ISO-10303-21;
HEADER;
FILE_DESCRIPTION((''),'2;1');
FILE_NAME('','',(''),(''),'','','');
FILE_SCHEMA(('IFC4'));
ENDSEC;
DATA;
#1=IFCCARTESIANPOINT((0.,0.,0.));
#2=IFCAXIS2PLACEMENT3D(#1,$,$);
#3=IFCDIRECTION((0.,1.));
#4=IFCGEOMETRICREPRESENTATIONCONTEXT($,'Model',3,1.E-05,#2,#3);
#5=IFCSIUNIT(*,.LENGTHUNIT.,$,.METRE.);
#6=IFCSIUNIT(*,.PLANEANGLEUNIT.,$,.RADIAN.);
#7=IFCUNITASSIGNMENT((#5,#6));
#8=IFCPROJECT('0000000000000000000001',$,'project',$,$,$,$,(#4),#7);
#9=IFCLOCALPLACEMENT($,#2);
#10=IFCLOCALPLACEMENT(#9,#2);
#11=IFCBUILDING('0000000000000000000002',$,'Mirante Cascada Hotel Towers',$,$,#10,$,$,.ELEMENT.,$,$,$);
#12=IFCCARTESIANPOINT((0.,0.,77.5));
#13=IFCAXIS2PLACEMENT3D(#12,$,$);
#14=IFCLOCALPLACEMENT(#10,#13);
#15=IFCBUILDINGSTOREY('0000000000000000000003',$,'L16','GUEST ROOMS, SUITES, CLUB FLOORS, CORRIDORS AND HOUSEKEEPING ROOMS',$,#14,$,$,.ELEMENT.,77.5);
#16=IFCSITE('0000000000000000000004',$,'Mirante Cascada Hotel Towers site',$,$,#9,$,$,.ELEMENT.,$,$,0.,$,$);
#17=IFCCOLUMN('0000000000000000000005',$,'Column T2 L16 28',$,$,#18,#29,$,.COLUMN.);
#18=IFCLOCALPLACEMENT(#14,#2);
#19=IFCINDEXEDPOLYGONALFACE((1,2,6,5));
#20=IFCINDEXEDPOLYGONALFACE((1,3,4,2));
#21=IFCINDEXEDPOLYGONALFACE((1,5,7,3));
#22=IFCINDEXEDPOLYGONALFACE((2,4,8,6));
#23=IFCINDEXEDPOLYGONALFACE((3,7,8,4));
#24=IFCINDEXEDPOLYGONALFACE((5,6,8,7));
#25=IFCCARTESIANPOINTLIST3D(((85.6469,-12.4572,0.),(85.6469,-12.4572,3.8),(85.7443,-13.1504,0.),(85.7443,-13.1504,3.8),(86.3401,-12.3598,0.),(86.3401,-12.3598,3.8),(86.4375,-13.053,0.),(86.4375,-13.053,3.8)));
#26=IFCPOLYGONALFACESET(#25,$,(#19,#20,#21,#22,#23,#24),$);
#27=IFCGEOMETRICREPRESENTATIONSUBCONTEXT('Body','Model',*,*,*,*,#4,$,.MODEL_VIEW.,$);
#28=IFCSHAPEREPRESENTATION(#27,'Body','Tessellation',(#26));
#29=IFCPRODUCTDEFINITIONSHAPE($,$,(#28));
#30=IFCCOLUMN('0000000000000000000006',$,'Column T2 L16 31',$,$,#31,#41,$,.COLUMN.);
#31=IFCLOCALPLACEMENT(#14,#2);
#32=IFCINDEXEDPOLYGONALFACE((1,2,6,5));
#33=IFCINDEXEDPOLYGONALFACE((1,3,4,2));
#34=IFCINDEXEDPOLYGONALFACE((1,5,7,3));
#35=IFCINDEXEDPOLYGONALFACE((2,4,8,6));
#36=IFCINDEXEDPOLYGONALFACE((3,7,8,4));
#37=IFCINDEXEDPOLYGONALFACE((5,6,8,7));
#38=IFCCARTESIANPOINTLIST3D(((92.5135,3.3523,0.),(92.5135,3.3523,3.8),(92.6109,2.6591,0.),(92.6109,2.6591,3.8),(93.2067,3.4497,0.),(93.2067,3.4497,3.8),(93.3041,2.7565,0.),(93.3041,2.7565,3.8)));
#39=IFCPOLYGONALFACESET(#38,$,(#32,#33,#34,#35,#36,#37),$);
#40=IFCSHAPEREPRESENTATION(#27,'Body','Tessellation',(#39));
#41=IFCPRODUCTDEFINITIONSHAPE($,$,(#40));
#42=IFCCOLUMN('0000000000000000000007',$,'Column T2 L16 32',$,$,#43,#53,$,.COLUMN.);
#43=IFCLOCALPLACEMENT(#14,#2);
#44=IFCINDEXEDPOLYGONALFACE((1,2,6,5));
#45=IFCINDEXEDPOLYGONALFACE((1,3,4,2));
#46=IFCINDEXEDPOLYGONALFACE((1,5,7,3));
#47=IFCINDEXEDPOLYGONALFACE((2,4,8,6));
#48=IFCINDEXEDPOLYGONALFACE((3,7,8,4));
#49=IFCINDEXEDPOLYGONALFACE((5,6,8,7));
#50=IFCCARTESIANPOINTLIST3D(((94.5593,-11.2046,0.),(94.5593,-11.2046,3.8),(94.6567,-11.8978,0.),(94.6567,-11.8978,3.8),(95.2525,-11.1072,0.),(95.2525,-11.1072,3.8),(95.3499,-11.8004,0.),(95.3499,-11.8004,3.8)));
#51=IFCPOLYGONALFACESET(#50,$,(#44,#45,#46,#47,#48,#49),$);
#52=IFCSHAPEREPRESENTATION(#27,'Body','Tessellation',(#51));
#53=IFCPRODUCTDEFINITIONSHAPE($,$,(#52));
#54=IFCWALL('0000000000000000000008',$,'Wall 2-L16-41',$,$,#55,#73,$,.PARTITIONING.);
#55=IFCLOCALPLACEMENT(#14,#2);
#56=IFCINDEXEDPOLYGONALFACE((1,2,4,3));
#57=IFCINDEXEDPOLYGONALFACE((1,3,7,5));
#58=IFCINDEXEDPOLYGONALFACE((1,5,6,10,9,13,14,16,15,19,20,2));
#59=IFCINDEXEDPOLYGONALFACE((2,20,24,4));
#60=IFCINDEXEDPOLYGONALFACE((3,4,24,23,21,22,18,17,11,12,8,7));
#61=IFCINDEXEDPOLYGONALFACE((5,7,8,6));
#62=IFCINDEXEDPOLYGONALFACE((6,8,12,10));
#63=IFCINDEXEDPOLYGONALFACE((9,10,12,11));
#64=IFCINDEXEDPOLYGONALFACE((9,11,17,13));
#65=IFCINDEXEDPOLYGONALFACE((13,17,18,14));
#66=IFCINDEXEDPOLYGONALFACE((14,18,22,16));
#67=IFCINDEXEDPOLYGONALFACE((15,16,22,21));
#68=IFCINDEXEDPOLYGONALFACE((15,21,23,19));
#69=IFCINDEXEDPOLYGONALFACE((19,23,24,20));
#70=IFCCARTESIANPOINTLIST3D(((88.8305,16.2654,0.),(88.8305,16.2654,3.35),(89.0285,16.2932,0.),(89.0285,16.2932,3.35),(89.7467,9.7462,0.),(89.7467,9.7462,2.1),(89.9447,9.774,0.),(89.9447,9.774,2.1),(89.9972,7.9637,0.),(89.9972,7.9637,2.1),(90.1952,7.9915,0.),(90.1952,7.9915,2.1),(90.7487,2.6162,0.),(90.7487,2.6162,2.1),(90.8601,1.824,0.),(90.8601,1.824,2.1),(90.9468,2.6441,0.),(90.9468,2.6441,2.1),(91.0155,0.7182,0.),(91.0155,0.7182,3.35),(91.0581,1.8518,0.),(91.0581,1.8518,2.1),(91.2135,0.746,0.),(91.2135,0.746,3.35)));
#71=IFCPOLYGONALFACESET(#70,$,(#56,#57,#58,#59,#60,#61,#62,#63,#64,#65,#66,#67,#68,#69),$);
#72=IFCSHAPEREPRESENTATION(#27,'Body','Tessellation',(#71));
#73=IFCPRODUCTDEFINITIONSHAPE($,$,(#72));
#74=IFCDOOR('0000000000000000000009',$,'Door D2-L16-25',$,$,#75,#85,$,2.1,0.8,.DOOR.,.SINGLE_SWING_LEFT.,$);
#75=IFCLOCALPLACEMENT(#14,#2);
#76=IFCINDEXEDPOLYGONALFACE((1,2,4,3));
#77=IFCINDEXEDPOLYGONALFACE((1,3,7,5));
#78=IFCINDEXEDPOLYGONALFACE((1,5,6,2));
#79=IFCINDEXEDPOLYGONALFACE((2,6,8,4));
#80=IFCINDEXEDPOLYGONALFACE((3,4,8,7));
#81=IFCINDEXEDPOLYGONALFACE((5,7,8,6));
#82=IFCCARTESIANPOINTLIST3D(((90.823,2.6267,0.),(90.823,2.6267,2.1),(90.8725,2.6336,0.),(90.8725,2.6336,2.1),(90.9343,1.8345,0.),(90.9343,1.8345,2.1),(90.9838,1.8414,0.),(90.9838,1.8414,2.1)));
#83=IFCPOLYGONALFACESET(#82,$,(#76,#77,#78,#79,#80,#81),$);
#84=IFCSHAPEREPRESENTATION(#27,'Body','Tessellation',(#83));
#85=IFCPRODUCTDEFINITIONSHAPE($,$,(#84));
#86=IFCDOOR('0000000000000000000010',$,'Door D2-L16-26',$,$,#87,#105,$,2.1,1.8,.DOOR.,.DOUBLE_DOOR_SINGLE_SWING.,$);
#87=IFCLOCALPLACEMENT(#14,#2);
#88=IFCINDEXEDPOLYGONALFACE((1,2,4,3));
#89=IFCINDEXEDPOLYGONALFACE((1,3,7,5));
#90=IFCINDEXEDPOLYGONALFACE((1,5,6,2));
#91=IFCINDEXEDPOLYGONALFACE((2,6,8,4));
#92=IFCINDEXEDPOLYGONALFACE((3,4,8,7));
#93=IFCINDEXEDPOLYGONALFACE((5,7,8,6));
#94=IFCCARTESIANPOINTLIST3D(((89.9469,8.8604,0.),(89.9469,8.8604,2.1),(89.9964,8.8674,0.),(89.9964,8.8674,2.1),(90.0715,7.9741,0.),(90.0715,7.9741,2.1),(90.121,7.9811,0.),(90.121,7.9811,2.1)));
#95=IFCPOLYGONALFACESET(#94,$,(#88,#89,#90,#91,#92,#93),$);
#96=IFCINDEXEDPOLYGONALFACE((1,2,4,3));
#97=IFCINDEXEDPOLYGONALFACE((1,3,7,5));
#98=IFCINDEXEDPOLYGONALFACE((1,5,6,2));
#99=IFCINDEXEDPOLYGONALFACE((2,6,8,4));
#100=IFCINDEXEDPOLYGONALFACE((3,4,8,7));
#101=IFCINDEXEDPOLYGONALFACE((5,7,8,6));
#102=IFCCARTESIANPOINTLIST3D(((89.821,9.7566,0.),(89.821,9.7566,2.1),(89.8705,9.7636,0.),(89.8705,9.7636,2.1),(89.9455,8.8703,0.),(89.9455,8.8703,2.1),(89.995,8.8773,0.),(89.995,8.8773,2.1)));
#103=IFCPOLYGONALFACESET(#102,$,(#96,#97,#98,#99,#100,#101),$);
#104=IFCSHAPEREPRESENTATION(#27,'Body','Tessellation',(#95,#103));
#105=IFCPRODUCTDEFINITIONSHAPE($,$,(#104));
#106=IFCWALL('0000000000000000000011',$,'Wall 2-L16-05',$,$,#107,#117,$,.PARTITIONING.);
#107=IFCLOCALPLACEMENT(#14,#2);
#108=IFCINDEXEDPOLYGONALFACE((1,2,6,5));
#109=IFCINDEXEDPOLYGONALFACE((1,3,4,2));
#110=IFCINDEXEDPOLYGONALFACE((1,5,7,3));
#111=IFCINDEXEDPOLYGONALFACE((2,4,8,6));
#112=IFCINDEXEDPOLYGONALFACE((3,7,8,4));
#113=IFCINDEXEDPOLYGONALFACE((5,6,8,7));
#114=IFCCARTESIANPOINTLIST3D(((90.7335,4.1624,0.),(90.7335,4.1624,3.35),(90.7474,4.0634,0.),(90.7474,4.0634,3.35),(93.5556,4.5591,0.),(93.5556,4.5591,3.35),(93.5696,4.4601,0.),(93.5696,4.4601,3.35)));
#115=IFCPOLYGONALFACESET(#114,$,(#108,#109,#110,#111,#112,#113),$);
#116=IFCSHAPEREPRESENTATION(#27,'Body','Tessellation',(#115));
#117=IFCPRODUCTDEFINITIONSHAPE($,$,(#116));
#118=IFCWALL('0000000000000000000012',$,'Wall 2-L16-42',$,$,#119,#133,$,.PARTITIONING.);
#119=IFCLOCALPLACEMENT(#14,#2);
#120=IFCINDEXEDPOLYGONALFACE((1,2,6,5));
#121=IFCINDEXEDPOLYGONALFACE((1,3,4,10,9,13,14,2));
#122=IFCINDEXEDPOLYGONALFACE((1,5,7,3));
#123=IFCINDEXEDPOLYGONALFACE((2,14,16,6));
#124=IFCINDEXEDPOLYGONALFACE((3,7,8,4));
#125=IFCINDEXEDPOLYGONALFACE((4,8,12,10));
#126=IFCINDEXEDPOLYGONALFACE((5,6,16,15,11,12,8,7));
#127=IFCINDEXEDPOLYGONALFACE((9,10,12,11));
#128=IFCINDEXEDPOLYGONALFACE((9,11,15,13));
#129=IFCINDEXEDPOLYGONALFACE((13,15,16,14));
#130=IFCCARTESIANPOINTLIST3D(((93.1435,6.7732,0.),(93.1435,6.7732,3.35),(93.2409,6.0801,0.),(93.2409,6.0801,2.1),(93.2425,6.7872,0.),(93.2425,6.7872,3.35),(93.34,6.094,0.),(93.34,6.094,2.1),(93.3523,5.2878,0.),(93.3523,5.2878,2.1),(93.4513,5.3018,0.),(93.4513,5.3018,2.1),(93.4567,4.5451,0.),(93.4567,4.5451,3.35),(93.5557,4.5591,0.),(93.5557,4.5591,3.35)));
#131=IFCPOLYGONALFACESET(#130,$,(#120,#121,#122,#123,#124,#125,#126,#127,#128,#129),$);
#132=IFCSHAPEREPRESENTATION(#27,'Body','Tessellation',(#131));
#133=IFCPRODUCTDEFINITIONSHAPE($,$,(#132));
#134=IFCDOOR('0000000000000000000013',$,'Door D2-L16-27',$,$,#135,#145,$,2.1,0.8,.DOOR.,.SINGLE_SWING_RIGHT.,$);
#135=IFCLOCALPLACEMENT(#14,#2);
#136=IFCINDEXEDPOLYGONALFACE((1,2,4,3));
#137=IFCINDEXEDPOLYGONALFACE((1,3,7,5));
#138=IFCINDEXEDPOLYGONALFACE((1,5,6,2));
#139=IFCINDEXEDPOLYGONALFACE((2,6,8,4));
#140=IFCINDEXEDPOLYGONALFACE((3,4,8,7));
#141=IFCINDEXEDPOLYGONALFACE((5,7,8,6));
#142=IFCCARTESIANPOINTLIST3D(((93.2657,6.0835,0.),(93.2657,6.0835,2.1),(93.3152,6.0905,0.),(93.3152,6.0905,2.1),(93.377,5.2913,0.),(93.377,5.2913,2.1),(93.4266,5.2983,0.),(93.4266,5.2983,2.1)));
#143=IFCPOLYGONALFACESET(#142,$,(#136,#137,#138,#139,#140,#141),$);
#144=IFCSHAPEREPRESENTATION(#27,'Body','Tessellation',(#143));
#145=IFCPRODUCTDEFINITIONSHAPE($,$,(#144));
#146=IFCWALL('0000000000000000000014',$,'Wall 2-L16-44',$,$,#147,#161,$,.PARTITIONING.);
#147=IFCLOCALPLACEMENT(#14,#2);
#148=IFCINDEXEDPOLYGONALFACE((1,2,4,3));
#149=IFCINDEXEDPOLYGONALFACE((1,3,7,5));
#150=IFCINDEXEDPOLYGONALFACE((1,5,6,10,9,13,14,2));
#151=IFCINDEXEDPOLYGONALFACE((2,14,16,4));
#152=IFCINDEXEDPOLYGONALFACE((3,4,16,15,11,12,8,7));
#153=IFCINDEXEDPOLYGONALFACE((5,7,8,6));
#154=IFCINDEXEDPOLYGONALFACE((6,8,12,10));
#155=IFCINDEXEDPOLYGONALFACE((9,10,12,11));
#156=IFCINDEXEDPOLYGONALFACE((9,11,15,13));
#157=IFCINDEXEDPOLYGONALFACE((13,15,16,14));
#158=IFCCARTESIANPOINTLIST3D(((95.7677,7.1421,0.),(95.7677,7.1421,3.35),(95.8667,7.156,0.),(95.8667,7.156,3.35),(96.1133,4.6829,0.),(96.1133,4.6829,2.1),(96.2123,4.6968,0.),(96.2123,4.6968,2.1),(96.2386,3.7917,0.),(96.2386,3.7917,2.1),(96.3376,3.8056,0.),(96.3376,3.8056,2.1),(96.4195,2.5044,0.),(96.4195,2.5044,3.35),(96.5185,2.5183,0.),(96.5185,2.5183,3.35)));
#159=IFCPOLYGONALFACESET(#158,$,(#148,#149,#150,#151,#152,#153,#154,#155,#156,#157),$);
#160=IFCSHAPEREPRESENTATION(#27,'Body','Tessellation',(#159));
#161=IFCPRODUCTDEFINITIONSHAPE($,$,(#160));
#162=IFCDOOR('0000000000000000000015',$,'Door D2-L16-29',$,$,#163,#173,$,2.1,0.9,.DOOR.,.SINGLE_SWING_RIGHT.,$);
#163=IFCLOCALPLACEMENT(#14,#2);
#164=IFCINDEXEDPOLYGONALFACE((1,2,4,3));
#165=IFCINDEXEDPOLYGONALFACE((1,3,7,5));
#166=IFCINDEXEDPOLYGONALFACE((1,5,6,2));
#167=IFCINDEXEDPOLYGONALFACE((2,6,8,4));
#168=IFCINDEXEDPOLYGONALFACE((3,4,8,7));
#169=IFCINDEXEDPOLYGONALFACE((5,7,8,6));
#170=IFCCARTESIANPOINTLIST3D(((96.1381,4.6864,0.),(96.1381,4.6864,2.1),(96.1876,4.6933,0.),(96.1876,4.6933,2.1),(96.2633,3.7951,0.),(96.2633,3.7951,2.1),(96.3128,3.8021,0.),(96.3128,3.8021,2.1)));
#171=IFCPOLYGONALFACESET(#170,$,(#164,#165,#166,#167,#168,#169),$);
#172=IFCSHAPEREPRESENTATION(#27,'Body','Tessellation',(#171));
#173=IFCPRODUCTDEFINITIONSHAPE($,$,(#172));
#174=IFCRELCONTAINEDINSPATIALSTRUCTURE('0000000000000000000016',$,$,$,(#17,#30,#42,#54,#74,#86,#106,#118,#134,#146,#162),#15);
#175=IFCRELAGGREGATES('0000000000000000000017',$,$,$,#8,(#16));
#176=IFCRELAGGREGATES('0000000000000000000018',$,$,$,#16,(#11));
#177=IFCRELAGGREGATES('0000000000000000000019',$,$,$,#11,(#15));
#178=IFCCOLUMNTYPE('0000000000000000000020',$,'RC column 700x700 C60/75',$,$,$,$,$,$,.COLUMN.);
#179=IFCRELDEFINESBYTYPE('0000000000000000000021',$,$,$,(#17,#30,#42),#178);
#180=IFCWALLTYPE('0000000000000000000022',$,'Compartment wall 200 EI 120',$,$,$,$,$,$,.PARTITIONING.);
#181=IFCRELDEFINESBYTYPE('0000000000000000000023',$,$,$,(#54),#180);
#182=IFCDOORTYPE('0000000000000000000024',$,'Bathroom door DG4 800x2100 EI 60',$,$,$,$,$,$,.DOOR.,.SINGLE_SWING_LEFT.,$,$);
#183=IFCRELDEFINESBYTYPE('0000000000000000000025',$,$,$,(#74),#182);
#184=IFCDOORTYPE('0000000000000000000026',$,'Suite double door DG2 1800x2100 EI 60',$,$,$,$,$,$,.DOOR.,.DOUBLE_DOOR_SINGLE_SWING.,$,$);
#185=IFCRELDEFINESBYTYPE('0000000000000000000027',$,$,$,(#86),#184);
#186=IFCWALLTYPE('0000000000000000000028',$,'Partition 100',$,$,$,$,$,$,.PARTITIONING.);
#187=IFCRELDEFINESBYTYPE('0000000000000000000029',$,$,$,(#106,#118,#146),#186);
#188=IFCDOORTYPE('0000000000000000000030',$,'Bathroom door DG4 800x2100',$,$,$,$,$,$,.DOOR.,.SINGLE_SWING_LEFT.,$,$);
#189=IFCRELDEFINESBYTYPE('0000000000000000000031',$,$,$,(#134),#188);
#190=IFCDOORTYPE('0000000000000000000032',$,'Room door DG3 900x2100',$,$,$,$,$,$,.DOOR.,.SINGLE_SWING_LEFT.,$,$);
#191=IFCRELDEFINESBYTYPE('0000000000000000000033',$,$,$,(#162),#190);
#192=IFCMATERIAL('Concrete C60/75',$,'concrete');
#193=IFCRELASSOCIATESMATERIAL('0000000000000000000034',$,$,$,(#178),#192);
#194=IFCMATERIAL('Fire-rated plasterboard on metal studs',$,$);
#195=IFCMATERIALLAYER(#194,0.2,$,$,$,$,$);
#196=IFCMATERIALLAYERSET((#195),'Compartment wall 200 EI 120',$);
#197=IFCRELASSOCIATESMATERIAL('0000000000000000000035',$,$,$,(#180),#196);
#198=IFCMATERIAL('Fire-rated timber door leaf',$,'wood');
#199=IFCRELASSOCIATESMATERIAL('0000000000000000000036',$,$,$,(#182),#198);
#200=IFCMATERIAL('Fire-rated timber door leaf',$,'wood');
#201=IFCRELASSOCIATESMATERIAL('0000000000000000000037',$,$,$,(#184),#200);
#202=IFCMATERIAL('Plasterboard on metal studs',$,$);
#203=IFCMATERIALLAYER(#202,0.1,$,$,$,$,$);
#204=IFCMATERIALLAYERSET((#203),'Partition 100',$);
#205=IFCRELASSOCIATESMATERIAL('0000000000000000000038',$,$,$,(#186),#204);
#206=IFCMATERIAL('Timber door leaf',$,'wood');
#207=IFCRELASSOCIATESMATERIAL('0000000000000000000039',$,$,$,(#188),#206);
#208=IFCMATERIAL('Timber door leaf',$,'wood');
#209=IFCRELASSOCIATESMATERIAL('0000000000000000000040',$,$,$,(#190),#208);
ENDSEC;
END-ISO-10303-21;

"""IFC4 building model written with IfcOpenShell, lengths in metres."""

from ifc_helpers import new_model, si_unit, direction, frame, frame_2d, origin, origin_2d, place, context, subcontext, project, spatial, rectangle, extrude, material, layer, layer_set, material_profile, profile_set, type_object, element, fill, save


model = new_model("IFC4")

# Units and contexts
model_context = context("Model", 3, precision=1e-05, world=origin(), true_north=direction((0.0, 1.0)))
body_context = subcontext(model_context, "Body", "Model", "MODEL_VIEW")
ifc_project = project(units=[si_unit("LENGTHUNIT", "METRE"), si_unit("PLANEANGLEUNIT", "RADIAN")], contexts=[model_context])

# Site, building, storey
site_placement = place(None, origin())
site = spatial("IfcSite", under=ifc_project, at=site_placement, Name="Mirante Cascada Hotel Towers site", CompositionType="ELEMENT", RefElevation=0.0)
building_placement = place(site_placement, origin())
building = spatial("IfcBuilding", under=site, at=building_placement, Name="Mirante Cascada Hotel Towers", CompositionType="ELEMENT")
storey_placement = place(building_placement, frame((0.0, 0.0, 77.5)))
storey = spatial("IfcBuildingStorey", under=building, at=storey_placement, Name="L16", Description="GUEST ROOMS, SUITES, CLUB FLOORS, CORRIDORS AND HOUSEKEEPING ROOMS", CompositionType="ELEMENT", Elevation=77.5)

# Columns
ifc_material_1 = material(Name="Concrete C60/75", Category="concrete")
ifc_material_profile = material_profile(ifc_material_1, rectangle(XDim=0.7, YDim=0.7, at=origin_2d()), Name="RC column 700x700 C60/75")
ifc_profile_set = profile_set([ifc_material_profile], Name="Concrete C60/75")
column_type = type_object("IfcColumnType", Name="RC column 700x700 C60/75", PredefinedType="COLUMN", material=ifc_profile_set)
for number, where, z_axis, x_axis, name in (
    (1, (86.0422, -12.7551, 0.0), (0.0, 0.0, 1.0), (0.990268, 0.139173, 0.0), "Column T2 L16 28"),
    (2, (92.9088, 3.0544, 0.0), (0.0, 0.0, 1.0), (0.990268, 0.139173, 0.0), "Column T2 L16 31"),
    (3, (94.9546, -11.5025, 0.0), (0.0, 0.0, 1.0), (0.990268, 0.139173, 0.0), "Column T2 L16 32"),
):
    element("IfcColumn", number, at=place(storey_placement, frame(where, z_axis=z_axis, x_axis=x_axis)), inside=storey, type_object=column_type, Name=name, PredefinedType="COLUMN", context=body_context, shape_type="SweptSolid", body=[
        extrude(rectangle(XDim=0.7, YDim=0.7, at=origin_2d()), origin(), (0.0, 0.0, 1.0), 3.8),
    ])

# Wall, openings, doors
ifc_material_2 = material(Name="Fire-rated plasterboard on metal studs")
ifc_layer_1 = layer(ifc_material_2, 0.2)
ifc_layer_set_1 = layer_set([ifc_layer_1], Name="Compartment wall 200 EI 120")
wall_type_1 = type_object("IfcWallType", Name="Compartment wall 200 EI 120", PredefinedType="PARTITIONING", material=ifc_layer_set_1)
wall_1_placement = place(storey_placement, frame((91.1145, 0.7321, 0.0), z_axis=(0.0, 0.0, 1.0), x_axis=(-0.139172, 0.990268, 0.0)))
wall_1 = element("IfcWall", 4, at=wall_1_placement, inside=storey, type_object=wall_type_1, Name="Wall 2-L16-41", PredefinedType="PARTITIONING", context=body_context, shape_type="SweptSolid", body=[
    extrude(rectangle(XDim=15.7, YDim=0.2, at=frame_2d((7.85, 0.0))), origin(), (0.0, 0.0, 1.0), 3.35),
])
opening_1_placement = place(wall_1_placement, frame((1.1167, 0.0, 0.0)))
opening_1 = element("IfcOpeningElement", 5, at=opening_1_placement, cuts=wall_1, PredefinedType="OPENING", context=body_context, shape_type="SweptSolid", body=[
    extrude(rectangle(XDim=0.8, YDim=2.1, at=frame_2d((0.4, 1.05))), frame((0.0, 0.1, 0.0), z_axis=(0.0, -1.0, 0.0), x_axis=(1.0, 0.0, 0.0)), (0.0, 0.0, 1.0), 0.2),
])
opening_2_placement = place(wall_1_placement, frame((7.3167, 0.0, 0.0)))
opening_2 = element("IfcOpeningElement", 6, at=opening_2_placement, cuts=wall_1, PredefinedType="OPENING", context=body_context, shape_type="SweptSolid", body=[
    extrude(rectangle(XDim=1.8, YDim=2.1, at=frame_2d((0.9, 1.05))), frame((0.0, 0.1, 0.0), z_axis=(0.0, -1.0, 0.0), x_axis=(1.0, 0.0, 0.0)), (0.0, 0.0, 1.0), 0.2),
])
ifc_material_3 = material(Name="Fire-rated timber door leaf", Category="wood")
door_type_1 = type_object("IfcDoorType", Name="Bathroom door DG4 800x2100 EI 60", OperationType="SINGLE_SWING_LEFT", PredefinedType="DOOR", material=ifc_material_3)
door_1_placement = place(opening_1_placement, origin())
door_1 = element("IfcDoor", 7, at=door_1_placement, inside=storey, type_object=door_type_1, Name="Door D2-L16-25", OperationType="SINGLE_SWING_LEFT", OverallHeight=2.1, OverallWidth=0.8, PredefinedType="DOOR", context=body_context, shape_type="SweptSolid", body=[
    extrude(rectangle(XDim=0.8, YDim=2.1, at=frame_2d((0.4, 1.05))), frame((0.0, 0.025, 0.0), z_axis=(0.0, -1.0, 0.0), x_axis=(1.0, 0.0, 0.0)), (0.0, 0.0, 1.0), 0.05),
])
fill(opening_1, door_1)
ifc_material_4 = material(Name="Fire-rated timber door leaf", Category="wood")
door_type_2 = type_object("IfcDoorType", Name="Suite double door DG2 1800x2100 EI 60", OperationType="DOUBLE_DOOR_SINGLE_SWING", PredefinedType="DOOR", material=ifc_material_4)
door_2_placement = place(opening_2_placement, origin())
door_2 = element("IfcDoor", 8, at=door_2_placement, inside=storey, type_object=door_type_2, Name="Door D2-L16-26", OperationType="DOUBLE_DOOR_SINGLE_SWING", OverallHeight=2.1, OverallWidth=1.8, PredefinedType="DOOR", context=body_context, shape_type="SweptSolid", body=[
    extrude(rectangle(XDim=0.895, YDim=2.1, at=frame_2d((0.4475, 1.05))), frame((0.0, 0.025, 0.0), z_axis=(0.0, -1.0, 0.0), x_axis=(1.0, 0.0, 0.0)), (0.0, 0.0, 1.0), 0.05),
    extrude(rectangle(XDim=0.895, YDim=2.1, at=frame_2d((1.3525, 1.05))), frame((0.0, 0.025, 0.0), z_axis=(0.0, -1.0, 0.0), x_axis=(1.0, 0.0, 0.0)), (0.0, 0.0, 1.0), 0.05),
])
fill(opening_2, door_2)

# Wall
ifc_material_5 = material(Name="Plasterboard on metal studs")
ifc_layer_2 = layer(ifc_material_5, 0.1)
ifc_layer_set_2 = layer_set([ifc_layer_2], Name="Partition 100")
wall_type_2 = type_object("IfcWallType", Name="Partition 100", PredefinedType="PARTITIONING", material=ifc_layer_set_2)
wall_2_placement = place(storey_placement, frame((90.7404, 4.1129, 0.0), z_axis=(0.0, 0.0, 1.0), x_axis=(0.990265, 0.139196, 0.0)))
element("IfcWall", 9, at=wall_2_placement, inside=storey, type_object=wall_type_2, Name="Wall 2-L16-05", PredefinedType="PARTITIONING", context=body_context, shape_type="SweptSolid", body=[
    extrude(rectangle(XDim=2.8499, YDim=0.1, at=frame_2d((1.425, 0.0))), origin(), (0.0, 0.0, 1.0), 3.35),
])

# Walls, openings, doors
wall_3_placement = place(storey_placement, frame((93.193, 6.7802, 0.0), z_axis=(0.0, 0.0, 1.0), x_axis=(0.1392, -0.990264, 0.0)))
wall_3 = element("IfcWall", 10, at=wall_3_placement, inside=storey, type_object=wall_type_2, Name="Wall 2-L16-42", PredefinedType="PARTITIONING", context=body_context, shape_type="SweptSolid", body=[
    extrude(rectangle(XDim=2.25, YDim=0.1, at=frame_2d((1.125, 0.0))), origin(), (0.0, 0.0, 1.0), 3.35),
])
opening_3_placement = place(wall_3_placement, frame((0.7, 0.0, 0.0)))
opening_3 = element("IfcOpeningElement", 11, at=opening_3_placement, cuts=wall_3, PredefinedType="OPENING", context=body_context, shape_type="SweptSolid", body=[
    extrude(rectangle(XDim=0.8, YDim=2.1, at=frame_2d((0.4, 1.05))), frame((0.0, 0.05, 0.0), z_axis=(0.0, -1.0, 0.0), x_axis=(1.0, 0.0, 0.0)), (0.0, 0.0, 1.0), 0.1),
])
ifc_material_6 = material(Name="Timber door leaf", Category="wood")
door_type_3 = type_object("IfcDoorType", Name="Bathroom door DG4 800x2100", OperationType="SINGLE_SWING_LEFT", PredefinedType="DOOR", material=ifc_material_6)
door_3_placement = place(opening_3_placement, frame((0.8, 0.0, 0.0), z_axis=(0.0, 0.0, 1.0), x_axis=(-1.0, 0.0, 0.0)))
door_3 = element("IfcDoor", 12, at=door_3_placement, inside=storey, type_object=door_type_3, Name="Door D2-L16-27", OperationType="SINGLE_SWING_RIGHT", OverallHeight=2.1, OverallWidth=0.8, PredefinedType="DOOR", context=body_context, shape_type="SweptSolid", body=[
    extrude(rectangle(XDim=0.8, YDim=2.1, at=frame_2d((0.4, 1.05))), frame((0.0, 0.025, 0.0), z_axis=(0.0, -1.0, 0.0), x_axis=(1.0, 0.0, 0.0)), (0.0, 0.0, 1.0), 0.05),
])
fill(opening_3, door_3)
wall_4_placement = place(storey_placement, frame((95.8172, 7.149, 0.0), z_axis=(0.0, 0.0, 1.0), x_axis=(0.139176, -0.990268, 0.0)))
wall_4 = element("IfcWall", 13, at=wall_4_placement, inside=storey, type_object=wall_type_2, Name="Wall 2-L16-44", PredefinedType="PARTITIONING", context=body_context, shape_type="SweptSolid", body=[
    extrude(rectangle(XDim=4.6833, YDim=0.1, at=frame_2d((2.3416, 0.0))), origin(), (0.0, 0.0, 1.0), 3.35),
])
opening_4_placement = place(wall_4_placement, frame((2.4833, 0.0, 0.0)))
opening_4 = element("IfcOpeningElement", 14, at=opening_4_placement, cuts=wall_4, PredefinedType="OPENING", context=body_context, shape_type="SweptSolid", body=[
    extrude(rectangle(XDim=0.9, YDim=2.1, at=frame_2d((0.45, 1.05))), frame((0.0, 0.05, 0.0), z_axis=(0.0, -1.0, 0.0), x_axis=(1.0, 0.0, 0.0)), (0.0, 0.0, 1.0), 0.1),
])
ifc_material_7 = material(Name="Timber door leaf", Category="wood")
door_type_4 = type_object("IfcDoorType", Name="Room door DG3 900x2100", OperationType="SINGLE_SWING_LEFT", PredefinedType="DOOR", material=ifc_material_7)
door_4_placement = place(opening_4_placement, frame((0.9, 0.0, 0.0), z_axis=(0.0, 0.0, 1.0), x_axis=(-1.0, 0.0, 0.0)))
door_4 = element("IfcDoor", 15, at=door_4_placement, inside=storey, type_object=door_type_4, Name="Door D2-L16-29", OperationType="SINGLE_SWING_RIGHT", OverallHeight=2.1, OverallWidth=0.9, PredefinedType="DOOR", context=body_context, shape_type="SweptSolid", body=[
    extrude(rectangle(XDim=0.9, YDim=2.1, at=frame_2d((0.45, 1.05))), frame((0.0, 0.025, 0.0), z_axis=(0.0, -1.0, 0.0), x_axis=(1.0, 0.0, 0.0)), (0.0, 0.0, 1.0), 0.05),
])
fill(opening_4, door_4)

save(model, "model.ifc")
